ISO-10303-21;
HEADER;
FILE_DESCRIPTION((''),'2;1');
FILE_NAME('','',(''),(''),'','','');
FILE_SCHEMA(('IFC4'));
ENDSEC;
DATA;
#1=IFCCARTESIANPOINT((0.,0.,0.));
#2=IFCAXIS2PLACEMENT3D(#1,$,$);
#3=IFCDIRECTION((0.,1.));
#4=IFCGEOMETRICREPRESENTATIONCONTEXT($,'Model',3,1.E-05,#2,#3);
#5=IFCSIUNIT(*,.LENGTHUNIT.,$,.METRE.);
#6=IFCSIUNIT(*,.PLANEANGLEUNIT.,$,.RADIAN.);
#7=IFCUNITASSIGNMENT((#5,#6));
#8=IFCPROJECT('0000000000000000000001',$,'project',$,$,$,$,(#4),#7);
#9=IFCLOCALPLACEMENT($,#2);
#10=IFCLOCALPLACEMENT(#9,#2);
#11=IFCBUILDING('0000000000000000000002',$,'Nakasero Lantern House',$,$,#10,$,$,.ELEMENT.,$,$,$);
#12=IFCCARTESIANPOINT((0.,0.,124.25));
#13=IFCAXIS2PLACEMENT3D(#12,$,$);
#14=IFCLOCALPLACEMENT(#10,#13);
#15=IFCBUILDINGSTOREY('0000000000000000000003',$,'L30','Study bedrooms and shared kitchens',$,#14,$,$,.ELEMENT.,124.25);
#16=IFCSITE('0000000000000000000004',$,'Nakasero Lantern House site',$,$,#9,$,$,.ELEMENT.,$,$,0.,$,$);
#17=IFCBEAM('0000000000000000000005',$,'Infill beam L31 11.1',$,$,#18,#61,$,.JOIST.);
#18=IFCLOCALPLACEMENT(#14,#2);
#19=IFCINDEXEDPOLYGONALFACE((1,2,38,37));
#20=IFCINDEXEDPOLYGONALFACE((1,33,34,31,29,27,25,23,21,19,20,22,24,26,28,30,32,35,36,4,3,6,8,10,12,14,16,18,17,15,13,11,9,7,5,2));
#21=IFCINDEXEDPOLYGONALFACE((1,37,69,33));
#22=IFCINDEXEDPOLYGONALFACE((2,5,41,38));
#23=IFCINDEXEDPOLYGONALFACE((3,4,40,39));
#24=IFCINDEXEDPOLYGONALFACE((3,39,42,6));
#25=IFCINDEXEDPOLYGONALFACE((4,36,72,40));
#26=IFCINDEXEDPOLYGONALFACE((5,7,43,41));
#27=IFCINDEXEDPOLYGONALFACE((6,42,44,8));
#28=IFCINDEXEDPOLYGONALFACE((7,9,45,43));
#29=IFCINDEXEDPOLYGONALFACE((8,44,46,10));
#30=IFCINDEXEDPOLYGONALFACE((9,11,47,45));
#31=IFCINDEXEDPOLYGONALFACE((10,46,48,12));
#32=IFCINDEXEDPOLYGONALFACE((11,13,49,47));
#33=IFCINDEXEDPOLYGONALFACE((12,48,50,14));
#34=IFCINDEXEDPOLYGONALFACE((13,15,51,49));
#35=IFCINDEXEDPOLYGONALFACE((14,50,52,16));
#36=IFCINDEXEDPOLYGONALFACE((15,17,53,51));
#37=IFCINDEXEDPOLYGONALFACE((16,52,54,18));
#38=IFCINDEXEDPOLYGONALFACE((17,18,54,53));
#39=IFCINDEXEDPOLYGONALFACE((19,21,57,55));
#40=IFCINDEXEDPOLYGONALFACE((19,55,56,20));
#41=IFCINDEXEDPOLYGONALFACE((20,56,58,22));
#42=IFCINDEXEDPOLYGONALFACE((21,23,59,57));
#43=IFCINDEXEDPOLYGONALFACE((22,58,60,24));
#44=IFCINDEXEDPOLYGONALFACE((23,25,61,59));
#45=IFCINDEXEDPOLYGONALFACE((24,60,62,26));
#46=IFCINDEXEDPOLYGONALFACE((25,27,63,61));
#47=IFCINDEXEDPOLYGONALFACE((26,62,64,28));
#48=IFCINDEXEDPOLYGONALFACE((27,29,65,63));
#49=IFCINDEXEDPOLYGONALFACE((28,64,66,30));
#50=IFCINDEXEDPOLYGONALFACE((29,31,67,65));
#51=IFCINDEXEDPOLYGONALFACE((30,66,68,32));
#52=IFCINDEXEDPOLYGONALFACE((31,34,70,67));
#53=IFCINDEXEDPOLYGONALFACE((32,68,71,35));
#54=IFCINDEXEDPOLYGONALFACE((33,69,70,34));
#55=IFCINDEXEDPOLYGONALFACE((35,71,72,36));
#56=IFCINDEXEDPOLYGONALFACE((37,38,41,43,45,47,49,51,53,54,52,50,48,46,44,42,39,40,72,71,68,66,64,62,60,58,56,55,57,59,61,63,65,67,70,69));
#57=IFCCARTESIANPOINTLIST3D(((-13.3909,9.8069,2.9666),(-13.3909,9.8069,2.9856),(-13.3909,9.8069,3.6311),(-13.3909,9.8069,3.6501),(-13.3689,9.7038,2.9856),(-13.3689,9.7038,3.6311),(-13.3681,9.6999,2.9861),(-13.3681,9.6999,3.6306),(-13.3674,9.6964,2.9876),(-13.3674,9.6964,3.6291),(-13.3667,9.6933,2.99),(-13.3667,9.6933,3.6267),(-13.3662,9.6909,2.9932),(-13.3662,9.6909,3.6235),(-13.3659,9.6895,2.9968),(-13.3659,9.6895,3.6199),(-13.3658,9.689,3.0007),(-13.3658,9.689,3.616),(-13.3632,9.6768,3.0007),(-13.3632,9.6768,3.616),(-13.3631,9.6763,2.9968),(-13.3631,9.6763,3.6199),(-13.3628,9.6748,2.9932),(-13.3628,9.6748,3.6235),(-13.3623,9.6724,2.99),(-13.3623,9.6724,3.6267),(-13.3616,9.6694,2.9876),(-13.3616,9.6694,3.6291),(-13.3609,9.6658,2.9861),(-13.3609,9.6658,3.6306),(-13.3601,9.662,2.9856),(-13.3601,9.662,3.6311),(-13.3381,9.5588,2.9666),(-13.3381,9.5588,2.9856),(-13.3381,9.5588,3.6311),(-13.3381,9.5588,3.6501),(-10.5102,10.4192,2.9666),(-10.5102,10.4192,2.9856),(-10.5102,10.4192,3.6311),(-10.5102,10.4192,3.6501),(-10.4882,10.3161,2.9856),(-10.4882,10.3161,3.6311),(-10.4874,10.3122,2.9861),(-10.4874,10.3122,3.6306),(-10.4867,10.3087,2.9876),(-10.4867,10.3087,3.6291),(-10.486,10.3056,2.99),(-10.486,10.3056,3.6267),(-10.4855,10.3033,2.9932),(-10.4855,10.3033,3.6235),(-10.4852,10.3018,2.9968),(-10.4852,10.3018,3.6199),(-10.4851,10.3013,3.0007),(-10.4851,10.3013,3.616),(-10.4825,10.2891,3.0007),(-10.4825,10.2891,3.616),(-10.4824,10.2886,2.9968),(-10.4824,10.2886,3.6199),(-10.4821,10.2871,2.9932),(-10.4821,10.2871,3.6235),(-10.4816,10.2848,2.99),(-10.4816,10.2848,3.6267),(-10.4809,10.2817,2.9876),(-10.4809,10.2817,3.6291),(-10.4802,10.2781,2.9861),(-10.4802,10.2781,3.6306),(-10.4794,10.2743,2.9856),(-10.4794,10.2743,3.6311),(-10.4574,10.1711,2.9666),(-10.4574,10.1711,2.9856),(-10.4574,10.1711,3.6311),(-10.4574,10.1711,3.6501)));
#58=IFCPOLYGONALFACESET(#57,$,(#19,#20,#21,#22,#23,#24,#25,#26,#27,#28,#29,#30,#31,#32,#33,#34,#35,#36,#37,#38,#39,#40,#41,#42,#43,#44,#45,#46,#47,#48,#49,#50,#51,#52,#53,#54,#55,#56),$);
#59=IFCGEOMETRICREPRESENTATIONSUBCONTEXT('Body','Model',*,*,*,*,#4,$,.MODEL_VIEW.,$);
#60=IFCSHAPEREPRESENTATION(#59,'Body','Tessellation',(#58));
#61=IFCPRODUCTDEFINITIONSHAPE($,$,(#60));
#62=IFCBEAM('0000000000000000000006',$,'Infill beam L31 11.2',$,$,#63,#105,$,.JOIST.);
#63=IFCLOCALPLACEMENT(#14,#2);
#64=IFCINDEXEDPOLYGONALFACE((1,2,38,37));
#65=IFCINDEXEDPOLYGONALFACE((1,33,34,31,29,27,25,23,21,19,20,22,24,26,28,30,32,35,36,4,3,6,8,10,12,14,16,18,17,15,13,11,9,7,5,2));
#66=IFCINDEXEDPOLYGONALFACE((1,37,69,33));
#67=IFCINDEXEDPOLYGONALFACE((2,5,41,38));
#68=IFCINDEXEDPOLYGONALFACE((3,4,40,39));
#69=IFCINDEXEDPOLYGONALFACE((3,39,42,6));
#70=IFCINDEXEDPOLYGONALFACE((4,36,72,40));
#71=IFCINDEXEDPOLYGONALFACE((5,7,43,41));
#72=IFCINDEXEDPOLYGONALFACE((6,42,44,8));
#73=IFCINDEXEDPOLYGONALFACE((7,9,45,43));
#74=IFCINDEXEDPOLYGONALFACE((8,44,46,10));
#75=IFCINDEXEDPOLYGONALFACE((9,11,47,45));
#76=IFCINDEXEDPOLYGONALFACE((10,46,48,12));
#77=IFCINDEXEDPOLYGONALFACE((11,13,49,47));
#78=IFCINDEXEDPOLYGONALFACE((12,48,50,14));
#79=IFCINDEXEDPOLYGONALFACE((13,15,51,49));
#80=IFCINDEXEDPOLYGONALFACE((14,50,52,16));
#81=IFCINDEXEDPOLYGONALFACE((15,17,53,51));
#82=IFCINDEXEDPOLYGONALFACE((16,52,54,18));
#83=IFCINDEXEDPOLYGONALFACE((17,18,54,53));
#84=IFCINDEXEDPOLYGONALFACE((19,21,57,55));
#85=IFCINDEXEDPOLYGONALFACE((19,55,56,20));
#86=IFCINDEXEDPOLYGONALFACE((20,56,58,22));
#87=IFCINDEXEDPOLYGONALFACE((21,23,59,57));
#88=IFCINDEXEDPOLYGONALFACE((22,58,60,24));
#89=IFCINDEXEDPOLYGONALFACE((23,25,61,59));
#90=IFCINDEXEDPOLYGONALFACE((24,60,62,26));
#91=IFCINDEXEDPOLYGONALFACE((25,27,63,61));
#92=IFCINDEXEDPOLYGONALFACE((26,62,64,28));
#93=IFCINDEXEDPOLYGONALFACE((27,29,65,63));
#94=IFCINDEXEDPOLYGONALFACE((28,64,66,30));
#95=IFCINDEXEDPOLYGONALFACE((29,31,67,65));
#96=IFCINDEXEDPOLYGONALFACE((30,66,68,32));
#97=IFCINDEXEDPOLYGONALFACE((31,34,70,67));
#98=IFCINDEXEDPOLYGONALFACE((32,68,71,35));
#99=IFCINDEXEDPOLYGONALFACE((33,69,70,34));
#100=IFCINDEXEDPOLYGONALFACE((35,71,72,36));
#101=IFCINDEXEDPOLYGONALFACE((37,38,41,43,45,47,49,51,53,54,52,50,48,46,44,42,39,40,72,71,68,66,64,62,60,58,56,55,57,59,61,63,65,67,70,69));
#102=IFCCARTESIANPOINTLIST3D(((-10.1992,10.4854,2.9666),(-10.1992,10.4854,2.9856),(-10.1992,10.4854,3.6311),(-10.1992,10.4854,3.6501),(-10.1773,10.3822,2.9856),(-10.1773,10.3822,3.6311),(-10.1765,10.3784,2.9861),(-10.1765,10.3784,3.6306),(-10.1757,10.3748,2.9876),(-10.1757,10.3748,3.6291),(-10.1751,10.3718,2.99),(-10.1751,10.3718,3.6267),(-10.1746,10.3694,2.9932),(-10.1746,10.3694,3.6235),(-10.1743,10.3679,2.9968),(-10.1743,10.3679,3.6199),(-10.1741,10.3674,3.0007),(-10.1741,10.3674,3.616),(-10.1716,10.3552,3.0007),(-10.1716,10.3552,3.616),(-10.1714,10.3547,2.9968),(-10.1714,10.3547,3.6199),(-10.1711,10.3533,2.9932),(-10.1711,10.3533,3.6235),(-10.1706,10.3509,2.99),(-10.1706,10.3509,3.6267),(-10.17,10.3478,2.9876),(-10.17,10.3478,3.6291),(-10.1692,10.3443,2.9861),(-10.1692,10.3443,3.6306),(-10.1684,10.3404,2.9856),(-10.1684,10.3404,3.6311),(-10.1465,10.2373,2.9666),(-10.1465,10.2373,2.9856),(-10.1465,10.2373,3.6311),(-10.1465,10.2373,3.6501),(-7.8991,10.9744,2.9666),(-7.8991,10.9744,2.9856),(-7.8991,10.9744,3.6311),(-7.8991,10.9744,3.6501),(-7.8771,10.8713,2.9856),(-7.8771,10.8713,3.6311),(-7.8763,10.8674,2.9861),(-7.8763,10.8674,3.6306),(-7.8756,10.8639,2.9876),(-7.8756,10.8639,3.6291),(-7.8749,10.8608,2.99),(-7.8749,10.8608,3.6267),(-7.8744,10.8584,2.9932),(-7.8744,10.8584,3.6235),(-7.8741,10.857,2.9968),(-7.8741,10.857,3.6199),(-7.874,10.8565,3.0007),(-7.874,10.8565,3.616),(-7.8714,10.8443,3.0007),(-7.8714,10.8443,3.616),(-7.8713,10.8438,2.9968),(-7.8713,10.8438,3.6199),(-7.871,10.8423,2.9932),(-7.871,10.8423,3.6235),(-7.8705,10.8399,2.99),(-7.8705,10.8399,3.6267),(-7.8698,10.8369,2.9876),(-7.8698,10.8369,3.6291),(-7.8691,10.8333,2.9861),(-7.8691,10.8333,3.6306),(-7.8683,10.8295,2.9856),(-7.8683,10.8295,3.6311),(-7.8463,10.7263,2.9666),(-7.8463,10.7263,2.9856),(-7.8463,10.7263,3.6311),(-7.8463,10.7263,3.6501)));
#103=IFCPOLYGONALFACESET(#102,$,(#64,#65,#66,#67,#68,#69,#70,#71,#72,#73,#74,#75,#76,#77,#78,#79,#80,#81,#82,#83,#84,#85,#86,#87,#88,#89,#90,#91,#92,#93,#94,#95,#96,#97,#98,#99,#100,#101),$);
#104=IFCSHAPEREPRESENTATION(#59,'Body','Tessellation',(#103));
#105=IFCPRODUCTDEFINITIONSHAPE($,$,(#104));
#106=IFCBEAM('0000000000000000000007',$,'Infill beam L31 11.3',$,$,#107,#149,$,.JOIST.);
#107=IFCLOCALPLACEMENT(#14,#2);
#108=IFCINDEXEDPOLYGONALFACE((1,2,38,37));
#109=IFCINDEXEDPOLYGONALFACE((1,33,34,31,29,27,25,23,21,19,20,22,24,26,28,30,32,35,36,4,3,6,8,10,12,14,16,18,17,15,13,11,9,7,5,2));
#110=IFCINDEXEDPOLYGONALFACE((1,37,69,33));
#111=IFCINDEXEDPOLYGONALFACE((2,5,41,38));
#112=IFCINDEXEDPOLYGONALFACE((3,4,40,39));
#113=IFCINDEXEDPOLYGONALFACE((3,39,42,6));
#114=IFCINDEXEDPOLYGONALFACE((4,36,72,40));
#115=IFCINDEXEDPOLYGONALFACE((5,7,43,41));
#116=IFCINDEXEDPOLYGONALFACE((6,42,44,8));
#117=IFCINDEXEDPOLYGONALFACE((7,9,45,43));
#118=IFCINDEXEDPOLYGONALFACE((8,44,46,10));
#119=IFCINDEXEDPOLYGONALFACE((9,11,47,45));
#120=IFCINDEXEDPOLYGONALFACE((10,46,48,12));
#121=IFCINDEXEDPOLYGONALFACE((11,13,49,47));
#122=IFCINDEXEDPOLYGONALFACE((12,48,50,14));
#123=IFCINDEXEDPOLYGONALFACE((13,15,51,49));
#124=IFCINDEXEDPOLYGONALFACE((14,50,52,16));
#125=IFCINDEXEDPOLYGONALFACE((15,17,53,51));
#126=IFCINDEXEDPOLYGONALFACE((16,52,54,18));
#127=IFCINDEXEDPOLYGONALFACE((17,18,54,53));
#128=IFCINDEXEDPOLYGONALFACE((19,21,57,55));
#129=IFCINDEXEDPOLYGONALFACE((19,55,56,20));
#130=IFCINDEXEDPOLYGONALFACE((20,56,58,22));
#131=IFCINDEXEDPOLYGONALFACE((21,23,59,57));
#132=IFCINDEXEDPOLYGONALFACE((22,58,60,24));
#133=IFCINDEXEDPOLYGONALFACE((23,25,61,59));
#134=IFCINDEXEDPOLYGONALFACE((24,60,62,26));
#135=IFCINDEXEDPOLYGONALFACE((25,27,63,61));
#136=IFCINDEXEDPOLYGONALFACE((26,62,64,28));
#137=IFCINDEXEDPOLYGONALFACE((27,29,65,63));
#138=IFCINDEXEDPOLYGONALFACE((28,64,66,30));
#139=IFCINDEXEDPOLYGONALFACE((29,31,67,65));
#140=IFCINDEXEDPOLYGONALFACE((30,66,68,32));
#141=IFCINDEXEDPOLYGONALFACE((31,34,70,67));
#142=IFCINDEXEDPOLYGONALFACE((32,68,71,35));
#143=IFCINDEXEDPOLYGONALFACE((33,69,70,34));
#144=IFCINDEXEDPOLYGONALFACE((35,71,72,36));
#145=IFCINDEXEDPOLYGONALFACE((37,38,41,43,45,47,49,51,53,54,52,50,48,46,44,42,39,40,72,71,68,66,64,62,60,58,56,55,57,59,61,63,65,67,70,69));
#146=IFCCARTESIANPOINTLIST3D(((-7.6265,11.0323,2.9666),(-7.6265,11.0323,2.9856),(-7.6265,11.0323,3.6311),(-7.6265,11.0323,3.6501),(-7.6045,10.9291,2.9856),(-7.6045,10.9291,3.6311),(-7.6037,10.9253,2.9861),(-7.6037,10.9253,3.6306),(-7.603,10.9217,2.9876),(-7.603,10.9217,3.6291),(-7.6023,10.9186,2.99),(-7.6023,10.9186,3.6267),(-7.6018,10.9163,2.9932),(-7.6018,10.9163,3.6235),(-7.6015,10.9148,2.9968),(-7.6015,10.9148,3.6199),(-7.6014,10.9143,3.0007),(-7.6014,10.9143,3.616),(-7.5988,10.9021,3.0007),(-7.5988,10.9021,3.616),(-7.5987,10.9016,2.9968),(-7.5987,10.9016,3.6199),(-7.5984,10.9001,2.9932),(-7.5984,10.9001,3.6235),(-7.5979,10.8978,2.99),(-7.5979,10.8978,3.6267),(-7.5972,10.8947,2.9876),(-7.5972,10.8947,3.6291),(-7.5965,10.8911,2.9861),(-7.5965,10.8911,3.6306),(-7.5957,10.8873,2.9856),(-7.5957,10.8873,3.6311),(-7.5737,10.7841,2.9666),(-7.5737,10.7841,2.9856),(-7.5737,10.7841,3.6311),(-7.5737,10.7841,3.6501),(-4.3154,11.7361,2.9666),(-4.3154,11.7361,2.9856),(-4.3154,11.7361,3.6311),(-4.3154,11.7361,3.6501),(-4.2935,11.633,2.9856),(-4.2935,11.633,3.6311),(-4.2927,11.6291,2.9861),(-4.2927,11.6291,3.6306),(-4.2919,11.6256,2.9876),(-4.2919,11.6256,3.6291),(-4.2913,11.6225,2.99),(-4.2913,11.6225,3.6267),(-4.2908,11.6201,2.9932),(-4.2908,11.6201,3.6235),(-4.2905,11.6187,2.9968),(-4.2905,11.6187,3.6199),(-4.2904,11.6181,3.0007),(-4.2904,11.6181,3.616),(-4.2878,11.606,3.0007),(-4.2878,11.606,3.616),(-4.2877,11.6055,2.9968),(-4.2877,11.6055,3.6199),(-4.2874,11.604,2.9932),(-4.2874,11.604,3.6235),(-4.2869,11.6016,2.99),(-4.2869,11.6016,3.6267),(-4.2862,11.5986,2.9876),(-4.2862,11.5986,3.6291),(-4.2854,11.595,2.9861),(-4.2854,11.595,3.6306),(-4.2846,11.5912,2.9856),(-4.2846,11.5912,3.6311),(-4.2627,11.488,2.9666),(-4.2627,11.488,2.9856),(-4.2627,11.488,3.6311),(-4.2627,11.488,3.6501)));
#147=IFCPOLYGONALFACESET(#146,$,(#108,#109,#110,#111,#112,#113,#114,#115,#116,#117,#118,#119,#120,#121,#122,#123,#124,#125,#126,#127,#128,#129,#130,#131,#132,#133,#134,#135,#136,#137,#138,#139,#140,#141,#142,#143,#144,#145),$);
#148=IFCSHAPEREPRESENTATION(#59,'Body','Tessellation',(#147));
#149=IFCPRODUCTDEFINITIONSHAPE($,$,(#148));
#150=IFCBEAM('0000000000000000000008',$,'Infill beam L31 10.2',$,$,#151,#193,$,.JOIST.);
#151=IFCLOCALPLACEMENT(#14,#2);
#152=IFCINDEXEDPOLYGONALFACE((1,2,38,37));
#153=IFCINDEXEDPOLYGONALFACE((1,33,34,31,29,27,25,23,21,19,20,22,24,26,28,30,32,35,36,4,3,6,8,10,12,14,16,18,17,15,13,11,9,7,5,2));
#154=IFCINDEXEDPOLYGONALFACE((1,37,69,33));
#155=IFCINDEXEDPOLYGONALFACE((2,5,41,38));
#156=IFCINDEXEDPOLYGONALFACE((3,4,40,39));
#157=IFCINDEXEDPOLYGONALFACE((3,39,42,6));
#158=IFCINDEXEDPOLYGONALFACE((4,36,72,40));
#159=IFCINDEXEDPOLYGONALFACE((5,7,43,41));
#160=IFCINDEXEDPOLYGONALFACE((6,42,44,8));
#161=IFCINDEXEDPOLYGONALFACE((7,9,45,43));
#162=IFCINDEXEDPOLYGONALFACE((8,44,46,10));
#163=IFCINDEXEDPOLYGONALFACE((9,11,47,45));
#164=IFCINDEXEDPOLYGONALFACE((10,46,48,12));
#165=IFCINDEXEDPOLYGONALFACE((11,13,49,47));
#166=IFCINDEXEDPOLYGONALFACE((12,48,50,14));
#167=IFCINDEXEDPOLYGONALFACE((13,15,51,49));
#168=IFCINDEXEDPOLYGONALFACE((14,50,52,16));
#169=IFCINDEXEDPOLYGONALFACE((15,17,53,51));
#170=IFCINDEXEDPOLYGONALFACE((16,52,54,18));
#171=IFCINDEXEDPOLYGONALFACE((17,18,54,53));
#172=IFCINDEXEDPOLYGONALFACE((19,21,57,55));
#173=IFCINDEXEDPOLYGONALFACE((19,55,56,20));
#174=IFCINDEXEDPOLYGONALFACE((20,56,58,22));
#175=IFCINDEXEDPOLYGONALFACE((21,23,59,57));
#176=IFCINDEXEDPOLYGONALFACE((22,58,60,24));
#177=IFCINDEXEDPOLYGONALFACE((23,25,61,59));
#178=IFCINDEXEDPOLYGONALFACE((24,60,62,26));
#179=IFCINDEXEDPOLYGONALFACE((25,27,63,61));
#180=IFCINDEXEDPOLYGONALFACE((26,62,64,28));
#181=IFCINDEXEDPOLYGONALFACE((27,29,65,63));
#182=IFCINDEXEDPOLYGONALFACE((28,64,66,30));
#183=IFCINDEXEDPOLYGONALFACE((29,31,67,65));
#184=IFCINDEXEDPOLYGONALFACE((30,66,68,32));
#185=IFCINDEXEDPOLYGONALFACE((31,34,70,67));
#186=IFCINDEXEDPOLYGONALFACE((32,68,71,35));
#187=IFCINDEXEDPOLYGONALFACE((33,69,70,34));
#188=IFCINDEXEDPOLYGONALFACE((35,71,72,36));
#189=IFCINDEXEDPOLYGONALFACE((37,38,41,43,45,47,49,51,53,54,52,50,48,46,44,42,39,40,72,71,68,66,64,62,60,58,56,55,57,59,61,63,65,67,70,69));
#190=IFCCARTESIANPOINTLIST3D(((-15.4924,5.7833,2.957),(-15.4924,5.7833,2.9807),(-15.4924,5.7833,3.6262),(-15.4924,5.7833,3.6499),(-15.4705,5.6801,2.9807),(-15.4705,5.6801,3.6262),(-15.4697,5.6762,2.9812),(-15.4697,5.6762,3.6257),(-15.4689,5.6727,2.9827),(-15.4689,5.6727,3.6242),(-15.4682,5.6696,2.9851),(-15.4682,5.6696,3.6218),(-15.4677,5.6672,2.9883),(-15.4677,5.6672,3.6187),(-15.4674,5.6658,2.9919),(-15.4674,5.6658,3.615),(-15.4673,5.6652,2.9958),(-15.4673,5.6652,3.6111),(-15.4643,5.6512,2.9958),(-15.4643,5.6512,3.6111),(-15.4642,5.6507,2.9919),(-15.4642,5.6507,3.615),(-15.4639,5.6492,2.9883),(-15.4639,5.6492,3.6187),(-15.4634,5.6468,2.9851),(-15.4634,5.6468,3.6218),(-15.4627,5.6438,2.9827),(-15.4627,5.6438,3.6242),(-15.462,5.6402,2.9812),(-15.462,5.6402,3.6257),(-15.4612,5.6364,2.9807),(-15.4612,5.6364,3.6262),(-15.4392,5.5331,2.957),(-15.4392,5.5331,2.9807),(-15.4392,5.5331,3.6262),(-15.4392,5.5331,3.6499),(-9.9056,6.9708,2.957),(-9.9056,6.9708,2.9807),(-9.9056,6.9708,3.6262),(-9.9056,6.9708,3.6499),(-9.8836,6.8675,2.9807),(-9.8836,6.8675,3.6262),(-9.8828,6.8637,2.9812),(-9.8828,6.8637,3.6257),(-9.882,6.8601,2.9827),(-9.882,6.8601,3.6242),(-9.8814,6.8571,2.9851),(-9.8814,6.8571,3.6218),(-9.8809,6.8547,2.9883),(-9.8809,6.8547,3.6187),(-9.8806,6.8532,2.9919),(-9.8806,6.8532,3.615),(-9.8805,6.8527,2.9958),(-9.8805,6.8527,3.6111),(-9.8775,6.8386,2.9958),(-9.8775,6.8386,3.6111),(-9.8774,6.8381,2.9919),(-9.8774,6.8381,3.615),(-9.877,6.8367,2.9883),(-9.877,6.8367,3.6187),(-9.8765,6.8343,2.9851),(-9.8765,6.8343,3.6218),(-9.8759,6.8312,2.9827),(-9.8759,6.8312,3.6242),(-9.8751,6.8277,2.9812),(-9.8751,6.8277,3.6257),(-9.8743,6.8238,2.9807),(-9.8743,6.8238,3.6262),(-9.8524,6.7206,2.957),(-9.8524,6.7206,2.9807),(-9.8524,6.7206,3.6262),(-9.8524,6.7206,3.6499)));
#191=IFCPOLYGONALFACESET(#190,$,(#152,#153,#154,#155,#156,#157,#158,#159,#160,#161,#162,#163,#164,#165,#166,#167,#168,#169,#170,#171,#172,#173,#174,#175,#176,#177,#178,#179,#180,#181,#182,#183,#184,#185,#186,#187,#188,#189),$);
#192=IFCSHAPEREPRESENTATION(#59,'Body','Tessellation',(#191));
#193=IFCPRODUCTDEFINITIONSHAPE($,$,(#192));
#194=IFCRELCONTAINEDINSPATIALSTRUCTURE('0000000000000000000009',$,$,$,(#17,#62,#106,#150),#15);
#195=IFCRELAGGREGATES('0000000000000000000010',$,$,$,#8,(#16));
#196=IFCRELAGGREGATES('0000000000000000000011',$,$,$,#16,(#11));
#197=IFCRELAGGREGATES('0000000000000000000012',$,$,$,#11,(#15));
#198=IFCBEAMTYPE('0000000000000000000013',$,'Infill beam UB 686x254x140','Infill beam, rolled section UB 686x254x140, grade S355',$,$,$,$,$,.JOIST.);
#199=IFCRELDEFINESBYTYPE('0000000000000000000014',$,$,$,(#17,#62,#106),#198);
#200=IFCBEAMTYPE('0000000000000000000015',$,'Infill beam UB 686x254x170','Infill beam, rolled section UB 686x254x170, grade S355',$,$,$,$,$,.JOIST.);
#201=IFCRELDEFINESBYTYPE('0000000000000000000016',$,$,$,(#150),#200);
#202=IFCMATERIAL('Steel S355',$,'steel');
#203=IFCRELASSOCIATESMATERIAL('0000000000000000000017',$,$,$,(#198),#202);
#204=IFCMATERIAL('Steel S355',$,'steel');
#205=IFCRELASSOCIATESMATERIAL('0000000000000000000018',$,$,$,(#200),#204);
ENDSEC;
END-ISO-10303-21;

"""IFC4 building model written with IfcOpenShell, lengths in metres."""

from ifc_helpers import new_model, si_unit, direction, frame, origin, origin_2d, place, context, subcontext, project, spatial, i_section, extrude, material, material_profile, profile_set, type_object, element, save


model = new_model("IFC4")

# Units and contexts
model_context = context("Model", 3, precision=1e-05, world=origin(), true_north=direction((0.0, 1.0)))
body_context = subcontext(model_context, "Body", "Model", "MODEL_VIEW")
ifc_project = project(units=[si_unit("LENGTHUNIT", "METRE"), si_unit("PLANEANGLEUNIT", "RADIAN")], contexts=[model_context])

# Site, building, storey
site_placement = place(None, origin())
site = spatial("IfcSite", under=ifc_project, at=site_placement, Name="Nakasero Lantern House site", CompositionType="ELEMENT", RefElevation=0.0)
building_placement = place(site_placement, origin())
building = spatial("IfcBuilding", under=site, at=building_placement, Name="Nakasero Lantern House", CompositionType="ELEMENT")
storey_placement = place(building_placement, frame((0.0, 0.0, 124.25)))
storey = spatial("IfcBuildingStorey", under=building, at=storey_placement, Name="L30", Description="Study bedrooms and shared kitchens", CompositionType="ELEMENT", Elevation=124.25)

# Beams
ifc_material_1 = material(Name="Steel S355", Category="steel")
ifc_material_profile_1 = material_profile(ifc_material_1, i_section(OverallWidth=0.2537, OverallDepth=0.6836, WebThickness=0.0125, FlangeThickness=0.019, FilletRadius=0.0151, at=origin_2d()), Name="UB 686x254x140")
ifc_profile_set_1 = profile_set([ifc_material_profile_1], Name="Steel S355")
beam_type_1 = type_object("IfcBeamType", Name="Infill beam UB 686x254x140", Description="Infill beam, rolled section UB 686x254x140, grade S355", PredefinedType="JOIST", material=ifc_profile_set_1)
beam_1_placement = place(storey_placement, frame((-13.3645, 9.6829, 3.3083), z_axis=(0.978147, 0.207915, 0.0), x_axis=(-0.207915, 0.978147, 0.0)))
element("IfcBeam", 1, at=beam_1_placement, inside=storey, type_object=beam_type_1, Name="Infill beam L31 11.1", PredefinedType="JOIST", context=body_context, shape_type="SweptSolid", body=[
    extrude(i_section(OverallWidth=0.2537, OverallDepth=0.6836, WebThickness=0.0125, FlangeThickness=0.019, FilletRadius=0.0151, at=origin_2d()), origin(), (0.0, 0.0, 1.0), 2.9451),
])
beam_2_placement = place(storey_placement, frame((-10.1729, 10.3613, 3.3083), z_axis=(0.978137, 0.207962, 0.0), x_axis=(-0.207962, 0.978137, 0.0)))
element("IfcBeam", 2, at=beam_2_placement, inside=storey, type_object=beam_type_1, Name="Infill beam L31 11.2", PredefinedType="JOIST", context=body_context, shape_type="SweptSolid", body=[
    extrude(i_section(OverallWidth=0.2537, OverallDepth=0.6836, WebThickness=0.0125, FlangeThickness=0.019, FilletRadius=0.0151, at=origin_2d()), origin(), (0.0, 0.0, 1.0), 2.3516),
])
beam_3_placement = place(storey_placement, frame((-7.6001, 10.9082, 3.3083), z_axis=(0.978143, 0.207933, 0.0), x_axis=(-0.207933, 0.978143, 0.0)))
element("IfcBeam", 3, at=beam_3_placement, inside=storey, type_object=beam_type_1, Name="Infill beam L31 11.3", PredefinedType="JOIST", context=body_context, shape_type="SweptSolid", body=[
    extrude(i_section(OverallWidth=0.2537, OverallDepth=0.6836, WebThickness=0.0125, FlangeThickness=0.019, FilletRadius=0.0151, at=origin_2d()), origin(), (0.0, 0.0, 1.0), 3.385),
])
ifc_material_2 = material(Name="Steel S355", Category="steel")
ifc_material_profile_2 = material_profile(ifc_material_2, i_section(OverallWidth=0.2559, OverallDepth=0.6929, WebThickness=0.0144, FlangeThickness=0.0237, FilletRadius=0.0151, at=origin_2d()), Name="UB 686x254x170")
ifc_profile_set_2 = profile_set([ifc_material_profile_2], Name="Steel S355")
beam_type_2 = type_object("IfcBeamType", Name="Infill beam UB 686x254x170", Description="Infill beam, rolled section UB 686x254x170, grade S355", PredefinedType="JOIST", material=ifc_profile_set_2)
beam_4_placement = place(storey_placement, frame((-15.4658, 5.6582, 3.3035), z_axis=(0.978149, 0.207906, 0.0), x_axis=(-0.207906, 0.978149, 0.0)))
element("IfcBeam", 4, at=beam_4_placement, inside=storey, type_object=beam_type_2, Name="Infill beam L31 10.2", PredefinedType="JOIST", context=body_context, shape_type="SweptSolid", body=[
    extrude(i_section(OverallWidth=0.2559, OverallDepth=0.6929, WebThickness=0.0144, FlangeThickness=0.0237, FilletRadius=0.0151, at=origin_2d()), origin(), (0.0, 0.0, 1.0), 5.7117),
])

save(model, "model.ifc")
